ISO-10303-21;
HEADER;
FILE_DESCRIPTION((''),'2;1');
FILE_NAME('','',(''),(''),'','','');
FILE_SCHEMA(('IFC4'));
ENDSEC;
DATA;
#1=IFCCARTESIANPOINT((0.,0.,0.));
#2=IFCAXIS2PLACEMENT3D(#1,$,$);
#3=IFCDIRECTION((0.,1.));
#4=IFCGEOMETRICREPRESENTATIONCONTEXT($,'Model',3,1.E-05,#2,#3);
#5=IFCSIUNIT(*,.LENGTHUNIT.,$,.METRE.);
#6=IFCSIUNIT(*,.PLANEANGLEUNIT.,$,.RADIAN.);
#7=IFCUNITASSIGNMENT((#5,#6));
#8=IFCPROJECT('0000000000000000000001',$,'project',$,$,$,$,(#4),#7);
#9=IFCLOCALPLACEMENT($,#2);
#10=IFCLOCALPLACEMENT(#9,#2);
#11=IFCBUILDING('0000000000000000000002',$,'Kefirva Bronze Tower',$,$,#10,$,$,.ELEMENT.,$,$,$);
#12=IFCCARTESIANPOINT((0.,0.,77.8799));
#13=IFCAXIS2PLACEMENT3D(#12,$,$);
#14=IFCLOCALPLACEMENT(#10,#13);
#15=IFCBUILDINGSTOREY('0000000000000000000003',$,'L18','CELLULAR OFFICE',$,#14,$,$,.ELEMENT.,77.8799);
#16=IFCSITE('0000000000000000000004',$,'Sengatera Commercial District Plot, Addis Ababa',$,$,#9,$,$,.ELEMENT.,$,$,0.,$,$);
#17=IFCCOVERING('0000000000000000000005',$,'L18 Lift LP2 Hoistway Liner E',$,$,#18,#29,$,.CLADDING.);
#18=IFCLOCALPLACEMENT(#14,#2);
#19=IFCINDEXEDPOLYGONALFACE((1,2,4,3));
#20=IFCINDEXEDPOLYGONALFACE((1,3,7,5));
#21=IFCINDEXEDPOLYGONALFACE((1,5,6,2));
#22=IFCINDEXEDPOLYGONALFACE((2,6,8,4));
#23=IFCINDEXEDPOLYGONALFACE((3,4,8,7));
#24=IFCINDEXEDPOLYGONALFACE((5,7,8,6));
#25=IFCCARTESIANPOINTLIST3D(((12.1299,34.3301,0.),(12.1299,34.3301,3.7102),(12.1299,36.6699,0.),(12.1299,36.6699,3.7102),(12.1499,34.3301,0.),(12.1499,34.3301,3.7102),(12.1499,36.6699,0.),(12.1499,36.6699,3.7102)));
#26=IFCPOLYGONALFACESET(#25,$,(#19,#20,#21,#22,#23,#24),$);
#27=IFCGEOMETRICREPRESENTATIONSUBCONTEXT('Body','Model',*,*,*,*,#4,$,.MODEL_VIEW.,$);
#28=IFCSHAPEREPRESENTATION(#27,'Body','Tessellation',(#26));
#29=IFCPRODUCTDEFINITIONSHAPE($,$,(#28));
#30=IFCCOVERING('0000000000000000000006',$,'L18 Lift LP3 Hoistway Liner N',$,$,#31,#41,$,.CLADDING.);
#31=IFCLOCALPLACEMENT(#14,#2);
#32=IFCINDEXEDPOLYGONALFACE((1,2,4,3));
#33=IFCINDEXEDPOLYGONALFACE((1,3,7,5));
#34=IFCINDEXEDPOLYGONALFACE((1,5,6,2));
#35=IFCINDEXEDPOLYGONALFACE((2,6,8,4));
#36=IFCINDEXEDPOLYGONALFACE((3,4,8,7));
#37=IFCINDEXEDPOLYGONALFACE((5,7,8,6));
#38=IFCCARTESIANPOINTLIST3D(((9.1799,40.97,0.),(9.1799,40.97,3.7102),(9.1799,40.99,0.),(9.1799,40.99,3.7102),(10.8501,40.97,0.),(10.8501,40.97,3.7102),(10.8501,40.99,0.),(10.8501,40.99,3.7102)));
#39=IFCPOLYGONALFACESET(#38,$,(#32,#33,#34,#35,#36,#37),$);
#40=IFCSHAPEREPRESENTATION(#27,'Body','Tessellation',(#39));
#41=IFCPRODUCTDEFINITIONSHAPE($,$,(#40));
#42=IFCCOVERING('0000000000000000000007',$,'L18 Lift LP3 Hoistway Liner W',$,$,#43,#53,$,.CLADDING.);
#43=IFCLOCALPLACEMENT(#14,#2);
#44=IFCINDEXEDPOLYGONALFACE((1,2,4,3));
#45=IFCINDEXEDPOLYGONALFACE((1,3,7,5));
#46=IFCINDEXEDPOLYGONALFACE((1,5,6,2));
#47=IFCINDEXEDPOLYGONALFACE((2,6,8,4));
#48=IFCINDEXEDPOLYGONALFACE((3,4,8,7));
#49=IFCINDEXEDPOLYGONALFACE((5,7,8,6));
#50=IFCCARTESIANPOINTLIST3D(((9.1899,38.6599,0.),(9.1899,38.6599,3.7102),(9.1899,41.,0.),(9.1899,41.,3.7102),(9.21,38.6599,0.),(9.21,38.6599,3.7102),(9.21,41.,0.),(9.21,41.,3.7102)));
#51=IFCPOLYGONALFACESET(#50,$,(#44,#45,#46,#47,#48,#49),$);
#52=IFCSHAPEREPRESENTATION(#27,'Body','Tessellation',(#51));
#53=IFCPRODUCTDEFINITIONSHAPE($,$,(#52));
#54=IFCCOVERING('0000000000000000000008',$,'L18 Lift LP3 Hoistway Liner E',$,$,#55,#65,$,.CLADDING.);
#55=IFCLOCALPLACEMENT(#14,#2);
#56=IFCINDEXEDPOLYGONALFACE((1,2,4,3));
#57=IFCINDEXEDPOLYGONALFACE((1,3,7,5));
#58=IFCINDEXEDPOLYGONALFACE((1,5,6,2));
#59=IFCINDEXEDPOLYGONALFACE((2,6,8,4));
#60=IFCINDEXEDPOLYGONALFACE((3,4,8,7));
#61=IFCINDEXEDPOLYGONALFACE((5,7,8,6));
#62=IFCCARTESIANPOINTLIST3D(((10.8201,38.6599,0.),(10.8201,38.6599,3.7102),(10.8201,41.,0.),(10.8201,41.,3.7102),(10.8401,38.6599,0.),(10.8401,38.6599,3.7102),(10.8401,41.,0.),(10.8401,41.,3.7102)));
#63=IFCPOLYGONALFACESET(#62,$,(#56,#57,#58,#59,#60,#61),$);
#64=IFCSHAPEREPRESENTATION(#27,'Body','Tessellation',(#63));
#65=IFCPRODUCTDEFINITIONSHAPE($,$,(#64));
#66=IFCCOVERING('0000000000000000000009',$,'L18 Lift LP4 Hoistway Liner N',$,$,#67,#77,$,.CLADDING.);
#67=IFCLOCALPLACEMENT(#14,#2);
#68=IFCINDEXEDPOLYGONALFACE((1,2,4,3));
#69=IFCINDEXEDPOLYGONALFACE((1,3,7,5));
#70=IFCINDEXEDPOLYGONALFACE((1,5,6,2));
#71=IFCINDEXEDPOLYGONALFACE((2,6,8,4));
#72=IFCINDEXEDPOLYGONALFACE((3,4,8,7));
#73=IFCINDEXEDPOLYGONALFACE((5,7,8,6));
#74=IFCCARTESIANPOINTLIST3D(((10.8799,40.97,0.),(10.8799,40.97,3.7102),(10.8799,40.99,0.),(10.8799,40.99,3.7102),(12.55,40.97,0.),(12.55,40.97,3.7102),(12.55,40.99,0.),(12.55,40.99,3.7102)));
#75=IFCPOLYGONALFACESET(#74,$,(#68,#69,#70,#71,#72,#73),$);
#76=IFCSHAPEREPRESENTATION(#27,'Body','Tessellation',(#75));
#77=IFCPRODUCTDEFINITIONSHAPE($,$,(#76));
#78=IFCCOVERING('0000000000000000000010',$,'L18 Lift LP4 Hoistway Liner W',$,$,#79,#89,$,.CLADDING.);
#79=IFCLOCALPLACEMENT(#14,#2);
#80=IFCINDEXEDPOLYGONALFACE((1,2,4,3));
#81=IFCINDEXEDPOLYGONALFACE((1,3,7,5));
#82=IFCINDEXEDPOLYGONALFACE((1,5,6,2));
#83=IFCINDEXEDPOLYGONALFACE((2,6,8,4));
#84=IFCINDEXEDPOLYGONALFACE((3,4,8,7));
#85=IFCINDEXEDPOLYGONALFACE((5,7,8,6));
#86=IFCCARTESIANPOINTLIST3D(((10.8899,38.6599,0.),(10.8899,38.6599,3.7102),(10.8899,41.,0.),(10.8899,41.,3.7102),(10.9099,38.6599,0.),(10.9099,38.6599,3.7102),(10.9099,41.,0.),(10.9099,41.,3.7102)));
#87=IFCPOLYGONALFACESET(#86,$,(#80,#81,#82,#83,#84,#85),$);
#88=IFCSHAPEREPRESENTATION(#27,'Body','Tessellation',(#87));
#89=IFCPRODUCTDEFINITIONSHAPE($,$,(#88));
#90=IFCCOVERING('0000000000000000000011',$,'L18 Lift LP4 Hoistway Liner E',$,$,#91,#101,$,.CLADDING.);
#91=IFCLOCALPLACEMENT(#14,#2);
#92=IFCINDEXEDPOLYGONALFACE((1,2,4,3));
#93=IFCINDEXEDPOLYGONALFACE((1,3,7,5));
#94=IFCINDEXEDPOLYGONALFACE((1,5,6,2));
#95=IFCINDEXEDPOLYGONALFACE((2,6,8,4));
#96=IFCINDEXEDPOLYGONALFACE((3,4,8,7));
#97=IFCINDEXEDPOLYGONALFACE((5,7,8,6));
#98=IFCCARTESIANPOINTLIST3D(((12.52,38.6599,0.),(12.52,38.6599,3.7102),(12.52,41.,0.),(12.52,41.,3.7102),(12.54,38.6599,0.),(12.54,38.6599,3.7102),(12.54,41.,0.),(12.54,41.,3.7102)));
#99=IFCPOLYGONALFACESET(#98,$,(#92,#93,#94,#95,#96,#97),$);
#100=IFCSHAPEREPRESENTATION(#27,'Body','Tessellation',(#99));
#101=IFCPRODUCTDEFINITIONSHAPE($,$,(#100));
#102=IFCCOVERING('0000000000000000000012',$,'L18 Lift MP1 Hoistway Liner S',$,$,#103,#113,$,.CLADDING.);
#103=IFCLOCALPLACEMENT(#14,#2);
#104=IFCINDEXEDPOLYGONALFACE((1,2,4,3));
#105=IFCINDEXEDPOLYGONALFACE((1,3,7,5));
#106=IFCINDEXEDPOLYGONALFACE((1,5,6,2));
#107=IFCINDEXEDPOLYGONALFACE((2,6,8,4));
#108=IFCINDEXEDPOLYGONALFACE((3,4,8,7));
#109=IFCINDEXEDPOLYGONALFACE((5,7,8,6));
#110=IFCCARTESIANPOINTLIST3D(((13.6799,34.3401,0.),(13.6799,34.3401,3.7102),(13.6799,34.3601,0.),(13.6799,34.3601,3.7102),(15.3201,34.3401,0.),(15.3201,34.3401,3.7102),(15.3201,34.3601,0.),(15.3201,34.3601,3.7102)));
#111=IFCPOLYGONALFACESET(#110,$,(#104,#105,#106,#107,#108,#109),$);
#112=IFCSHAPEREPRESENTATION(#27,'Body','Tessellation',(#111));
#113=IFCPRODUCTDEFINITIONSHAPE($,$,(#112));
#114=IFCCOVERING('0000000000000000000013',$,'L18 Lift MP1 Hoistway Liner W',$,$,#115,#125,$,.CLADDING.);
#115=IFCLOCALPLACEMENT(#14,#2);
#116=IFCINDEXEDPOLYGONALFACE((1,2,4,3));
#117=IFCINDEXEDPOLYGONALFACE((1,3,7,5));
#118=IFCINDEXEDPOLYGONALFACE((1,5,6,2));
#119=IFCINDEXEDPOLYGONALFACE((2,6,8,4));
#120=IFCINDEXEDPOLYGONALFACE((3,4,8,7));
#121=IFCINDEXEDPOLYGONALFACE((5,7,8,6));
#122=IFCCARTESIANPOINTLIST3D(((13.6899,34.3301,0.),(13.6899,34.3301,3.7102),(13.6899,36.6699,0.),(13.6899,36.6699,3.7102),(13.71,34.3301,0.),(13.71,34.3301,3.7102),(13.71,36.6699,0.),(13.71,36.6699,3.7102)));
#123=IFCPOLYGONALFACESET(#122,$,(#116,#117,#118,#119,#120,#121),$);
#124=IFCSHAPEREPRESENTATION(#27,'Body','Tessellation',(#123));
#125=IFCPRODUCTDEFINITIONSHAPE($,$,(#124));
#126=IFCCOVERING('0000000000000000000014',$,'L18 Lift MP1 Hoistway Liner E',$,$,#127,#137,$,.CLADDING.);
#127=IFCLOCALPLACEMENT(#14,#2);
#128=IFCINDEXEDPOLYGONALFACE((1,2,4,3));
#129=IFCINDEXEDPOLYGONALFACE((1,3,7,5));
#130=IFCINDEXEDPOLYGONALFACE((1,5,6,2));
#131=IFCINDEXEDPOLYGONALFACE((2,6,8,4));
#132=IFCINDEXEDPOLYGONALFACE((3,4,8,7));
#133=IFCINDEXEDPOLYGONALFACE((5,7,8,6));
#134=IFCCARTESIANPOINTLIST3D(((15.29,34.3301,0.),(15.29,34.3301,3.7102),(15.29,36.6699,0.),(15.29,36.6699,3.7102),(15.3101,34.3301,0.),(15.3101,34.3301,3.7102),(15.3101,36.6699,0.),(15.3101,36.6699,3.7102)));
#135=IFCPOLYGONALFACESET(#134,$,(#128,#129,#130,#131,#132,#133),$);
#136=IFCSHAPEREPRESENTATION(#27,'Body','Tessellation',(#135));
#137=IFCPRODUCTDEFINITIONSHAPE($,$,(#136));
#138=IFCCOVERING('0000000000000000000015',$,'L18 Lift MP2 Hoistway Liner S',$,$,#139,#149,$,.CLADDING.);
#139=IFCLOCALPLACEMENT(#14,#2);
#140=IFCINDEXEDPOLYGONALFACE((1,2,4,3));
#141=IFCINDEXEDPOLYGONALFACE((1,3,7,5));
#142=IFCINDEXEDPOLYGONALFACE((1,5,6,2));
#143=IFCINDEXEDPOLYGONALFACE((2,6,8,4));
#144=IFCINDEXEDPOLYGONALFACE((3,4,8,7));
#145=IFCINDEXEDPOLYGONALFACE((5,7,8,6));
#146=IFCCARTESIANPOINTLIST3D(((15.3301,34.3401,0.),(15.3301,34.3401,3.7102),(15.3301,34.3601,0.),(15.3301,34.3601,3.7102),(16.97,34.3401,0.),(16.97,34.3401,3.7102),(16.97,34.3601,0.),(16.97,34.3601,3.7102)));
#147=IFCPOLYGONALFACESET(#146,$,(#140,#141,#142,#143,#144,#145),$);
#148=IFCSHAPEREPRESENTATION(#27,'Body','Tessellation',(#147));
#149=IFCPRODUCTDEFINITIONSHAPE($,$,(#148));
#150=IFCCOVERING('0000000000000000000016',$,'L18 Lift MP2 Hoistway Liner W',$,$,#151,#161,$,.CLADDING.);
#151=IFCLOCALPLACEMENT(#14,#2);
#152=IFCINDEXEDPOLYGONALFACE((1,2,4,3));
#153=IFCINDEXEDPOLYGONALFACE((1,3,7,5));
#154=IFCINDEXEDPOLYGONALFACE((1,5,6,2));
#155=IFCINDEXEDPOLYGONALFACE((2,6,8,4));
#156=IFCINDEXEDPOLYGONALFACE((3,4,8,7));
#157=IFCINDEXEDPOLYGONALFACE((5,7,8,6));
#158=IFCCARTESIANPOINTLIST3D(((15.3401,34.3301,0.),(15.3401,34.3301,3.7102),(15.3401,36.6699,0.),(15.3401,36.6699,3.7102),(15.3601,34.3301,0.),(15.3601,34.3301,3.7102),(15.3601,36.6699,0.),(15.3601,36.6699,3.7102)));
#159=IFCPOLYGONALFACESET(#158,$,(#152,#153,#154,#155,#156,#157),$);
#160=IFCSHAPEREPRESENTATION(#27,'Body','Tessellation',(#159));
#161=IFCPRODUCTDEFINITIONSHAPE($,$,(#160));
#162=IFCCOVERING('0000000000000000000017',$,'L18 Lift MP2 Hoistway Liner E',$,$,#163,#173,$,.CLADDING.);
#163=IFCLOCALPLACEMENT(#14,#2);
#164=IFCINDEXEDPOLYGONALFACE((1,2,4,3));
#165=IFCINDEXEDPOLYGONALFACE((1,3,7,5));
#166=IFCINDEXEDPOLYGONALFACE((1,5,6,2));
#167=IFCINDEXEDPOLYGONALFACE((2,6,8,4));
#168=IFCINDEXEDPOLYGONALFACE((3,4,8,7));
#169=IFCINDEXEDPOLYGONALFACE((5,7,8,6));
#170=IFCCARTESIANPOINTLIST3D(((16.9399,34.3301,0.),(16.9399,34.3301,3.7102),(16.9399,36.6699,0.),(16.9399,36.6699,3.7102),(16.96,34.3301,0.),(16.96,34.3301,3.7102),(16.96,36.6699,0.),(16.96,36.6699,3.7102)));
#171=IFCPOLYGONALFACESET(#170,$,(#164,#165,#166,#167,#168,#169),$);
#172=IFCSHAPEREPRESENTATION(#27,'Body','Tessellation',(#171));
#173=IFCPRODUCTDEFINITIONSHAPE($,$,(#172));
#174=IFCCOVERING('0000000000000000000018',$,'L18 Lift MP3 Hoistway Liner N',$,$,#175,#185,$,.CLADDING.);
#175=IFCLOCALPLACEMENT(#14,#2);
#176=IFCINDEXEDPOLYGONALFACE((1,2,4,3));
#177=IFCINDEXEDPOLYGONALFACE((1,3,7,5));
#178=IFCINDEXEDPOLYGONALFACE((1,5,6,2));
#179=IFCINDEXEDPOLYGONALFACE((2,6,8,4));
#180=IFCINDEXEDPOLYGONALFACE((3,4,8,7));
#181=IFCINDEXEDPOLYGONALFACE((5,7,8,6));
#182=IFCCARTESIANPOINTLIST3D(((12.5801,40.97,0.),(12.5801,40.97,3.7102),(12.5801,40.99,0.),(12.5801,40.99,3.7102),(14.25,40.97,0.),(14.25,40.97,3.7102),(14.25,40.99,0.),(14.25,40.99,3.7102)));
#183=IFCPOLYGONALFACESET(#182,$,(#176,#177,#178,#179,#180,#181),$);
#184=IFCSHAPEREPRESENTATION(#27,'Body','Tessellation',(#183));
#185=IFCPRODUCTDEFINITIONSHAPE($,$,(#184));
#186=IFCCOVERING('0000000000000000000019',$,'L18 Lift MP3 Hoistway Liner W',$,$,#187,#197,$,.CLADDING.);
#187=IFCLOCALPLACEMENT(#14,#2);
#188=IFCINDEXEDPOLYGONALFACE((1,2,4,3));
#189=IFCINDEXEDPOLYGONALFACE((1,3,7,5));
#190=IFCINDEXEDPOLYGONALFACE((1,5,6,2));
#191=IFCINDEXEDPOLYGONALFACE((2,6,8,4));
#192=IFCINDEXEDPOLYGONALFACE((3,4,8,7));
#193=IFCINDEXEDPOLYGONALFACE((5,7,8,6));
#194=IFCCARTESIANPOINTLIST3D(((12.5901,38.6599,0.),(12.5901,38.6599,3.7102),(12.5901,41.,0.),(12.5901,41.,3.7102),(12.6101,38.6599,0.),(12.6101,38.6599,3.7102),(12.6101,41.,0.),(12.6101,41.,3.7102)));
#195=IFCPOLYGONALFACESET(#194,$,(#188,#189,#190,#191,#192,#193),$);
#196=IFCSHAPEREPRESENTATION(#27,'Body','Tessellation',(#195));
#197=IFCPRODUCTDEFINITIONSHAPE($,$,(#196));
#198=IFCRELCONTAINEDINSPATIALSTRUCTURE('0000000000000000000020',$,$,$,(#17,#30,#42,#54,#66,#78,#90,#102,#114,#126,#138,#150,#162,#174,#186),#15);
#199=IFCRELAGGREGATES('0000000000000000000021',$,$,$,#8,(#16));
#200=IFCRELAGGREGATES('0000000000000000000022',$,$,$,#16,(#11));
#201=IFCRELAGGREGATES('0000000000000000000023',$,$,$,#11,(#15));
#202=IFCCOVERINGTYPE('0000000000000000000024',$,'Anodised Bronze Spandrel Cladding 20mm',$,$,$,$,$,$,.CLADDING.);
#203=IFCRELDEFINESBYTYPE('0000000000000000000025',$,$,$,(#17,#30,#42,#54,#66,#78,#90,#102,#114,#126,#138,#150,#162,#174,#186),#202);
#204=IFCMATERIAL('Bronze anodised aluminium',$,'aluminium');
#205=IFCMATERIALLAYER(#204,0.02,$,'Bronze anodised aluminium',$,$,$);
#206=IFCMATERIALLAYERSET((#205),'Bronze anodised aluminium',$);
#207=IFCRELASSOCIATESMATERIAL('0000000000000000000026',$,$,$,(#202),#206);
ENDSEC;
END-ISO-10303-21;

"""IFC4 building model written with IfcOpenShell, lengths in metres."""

from ifc_helpers import new_model, si_unit, direction, frame, origin, place, context, subcontext, project, spatial, polyline, outline, extrude, material, layer, layer_set, type_object, element, save


model = new_model("IFC4")

# Units and contexts
model_context = context("Model", 3, precision=1e-05, world=origin(), true_north=direction((0.0, 1.0)))
body_context = subcontext(model_context, "Body", "Model", "MODEL_VIEW")
ifc_project = project(units=[si_unit("LENGTHUNIT", "METRE"), si_unit("PLANEANGLEUNIT", "RADIAN")], contexts=[model_context])

# Site, building, storey
site_placement = place(None, origin())
site = spatial("IfcSite", under=ifc_project, at=site_placement, Name="Sengatera Commercial District Plot, Addis Ababa", CompositionType="ELEMENT", RefElevation=0.0)
building_placement = place(site_placement, origin())
building = spatial("IfcBuilding", under=site, at=building_placement, Name="Kefirva Bronze Tower", CompositionType="ELEMENT")
storey_placement = place(building_placement, frame((0.0, 0.0, 77.8799)))
storey = spatial("IfcBuildingStorey", under=building, at=storey_placement, Name="L18", Description="CELLULAR OFFICE", CompositionType="ELEMENT", Elevation=77.8799)

# Coverings
ifc_material = material(Name="Bronze anodised aluminium", Category="aluminium")
ifc_layer_1 = layer(ifc_material, 0.02, Name="Bronze anodised aluminium")
ifc_layer_set_1 = layer_set([ifc_layer_1], Name="Bronze anodised aluminium")
covering_type_1 = type_object("IfcCoveringType", Name="Anodised Bronze Spandrel Cladding 20mm", PredefinedType="CLADDING", material=ifc_layer_set_1)
covering_1_placement = place(storey_placement, origin())
element("IfcCovering", 1, at=covering_1_placement, inside=storey, type_object=covering_type_1, Name="L18 Lift LP2 Hoistway Liner E", PredefinedType="CLADDING", context=body_context, shape_type="SweptSolid", body=[
    extrude(outline(polyline([(12.1299, 34.3301), (12.1499, 34.3301), (12.1499, 36.6699), (12.1299, 36.6699), (12.1299, 34.3301)])), origin(), (0.0, 0.0, 1.0), 3.7102),
])
covering_2_placement = place(storey_placement, origin())
element("IfcCovering", 2, at=covering_2_placement, inside=storey, type_object=covering_type_1, Name="L18 Lift LP3 Hoistway Liner N", PredefinedType="CLADDING", context=body_context, shape_type="SweptSolid", body=[
    extrude(outline(polyline([(9.1799, 40.97), (10.8501, 40.97), (10.8501, 40.99), (9.1799, 40.99), (9.1799, 40.97)])), origin(), (0.0, 0.0, 1.0), 3.7102),
])
covering_3_placement = place(storey_placement, origin())
element("IfcCovering", 3, at=covering_3_placement, inside=storey, type_object=covering_type_1, Name="L18 Lift LP3 Hoistway Liner W", PredefinedType="CLADDING", context=body_context, shape_type="SweptSolid", body=[
    extrude(outline(polyline([(9.1899, 38.6599), (9.21, 38.6599), (9.21, 41.0), (9.1899, 41.0), (9.1899, 38.6599)])), origin(), (0.0, 0.0, 1.0), 3.7102),
])
covering_4_placement = place(storey_placement, origin())
element("IfcCovering", 4, at=covering_4_placement, inside=storey, type_object=covering_type_1, Name="L18 Lift LP3 Hoistway Liner E", PredefinedType="CLADDING", context=body_context, shape_type="SweptSolid", body=[
    extrude(outline(polyline([(10.8201, 38.6599), (10.8401, 38.6599), (10.8401, 41.0), (10.8201, 41.0), (10.8201, 38.6599)])), origin(), (0.0, 0.0, 1.0), 3.7102),
])
covering_5_placement = place(storey_placement, origin())
element("IfcCovering", 5, at=covering_5_placement, inside=storey, type_object=covering_type_1, Name="L18 Lift LP4 Hoistway Liner N", PredefinedType="CLADDING", context=body_context, shape_type="SweptSolid", body=[
    extrude(outline(polyline([(10.8799, 40.97), (12.55, 40.97), (12.55, 40.99), (10.8799, 40.99), (10.8799, 40.97)])), origin(), (0.0, 0.0, 1.0), 3.7102),
])
covering_6_placement = place(storey_placement, origin())
element("IfcCovering", 6, at=covering_6_placement, inside=storey, type_object=covering_type_1, Name="L18 Lift LP4 Hoistway Liner W", PredefinedType="CLADDING", context=body_context, shape_type="SweptSolid", body=[
    extrude(outline(polyline([(10.8899, 38.6599), (10.9099, 38.6599), (10.9099, 41.0), (10.8899, 41.0), (10.8899, 38.6599)])), origin(), (0.0, 0.0, 1.0), 3.7102),
])
covering_7_placement = place(storey_placement, origin())
element("IfcCovering", 7, at=covering_7_placement, inside=storey, type_object=covering_type_1, Name="L18 Lift LP4 Hoistway Liner E", PredefinedType="CLADDING", context=body_context, shape_type="SweptSolid", body=[
    extrude(outline(polyline([(12.52, 38.6599), (12.54, 38.6599), (12.54, 41.0), (12.52, 41.0), (12.52, 38.6599)])), origin(), (0.0, 0.0, 1.0), 3.7102),
])
covering_8_placement = place(storey_placement, origin())
element("IfcCovering", 8, at=covering_8_placement, inside=storey, type_object=covering_type_1, Name="L18 Lift MP1 Hoistway Liner S", PredefinedType="CLADDING", context=body_context, shape_type="SweptSolid", body=[
    extrude(outline(polyline([(13.6799, 34.3401), (15.3201, 34.3401), (15.3201, 34.3601), (13.6799, 34.3601), (13.6799, 34.3401)])), origin(), (0.0, 0.0, 1.0), 3.7102),
])
covering_9_placement = place(storey_placement, origin())
element("IfcCovering", 9, at=covering_9_placement, inside=storey, type_object=covering_type_1, Name="L18 Lift MP1 Hoistway Liner W", PredefinedType="CLADDING", context=body_context, shape_type="SweptSolid", body=[
    extrude(outline(polyline([(13.6899, 34.3301), (13.71, 34.3301), (13.71, 36.6699), (13.6899, 36.6699), (13.6899, 34.3301)])), origin(), (0.0, 0.0, 1.0), 3.7102),
])
covering_10_placement = place(storey_placement, origin())
element("IfcCovering", 10, at=covering_10_placement, inside=storey, type_object=covering_type_1, Name="L18 Lift MP1 Hoistway Liner E", PredefinedType="CLADDING", context=body_context, shape_type="SweptSolid", body=[
    extrude(outline(polyline([(15.29, 34.3301), (15.3101, 34.3301), (15.3101, 36.6699), (15.29, 36.6699), (15.29, 34.3301)])), origin(), (0.0, 0.0, 1.0), 3.7102),
])
covering_11_placement = place(storey_placement, origin())
element("IfcCovering", 11, at=covering_11_placement, inside=storey, type_object=covering_type_1, Name="L18 Lift MP2 Hoistway Liner S", PredefinedType="CLADDING", context=body_context, shape_type="SweptSolid", body=[
    extrude(outline(polyline([(15.3301, 34.3401), (16.97, 34.3401), (16.97, 34.3601), (15.3301, 34.3601), (15.3301, 34.3401)])), origin(), (0.0, 0.0, 1.0), 3.7102),
])
covering_12_placement = place(storey_placement, origin())
element("IfcCovering", 12, at=covering_12_placement, inside=storey, type_object=covering_type_1, Name="L18 Lift MP2 Hoistway Liner W", PredefinedType="CLADDING", context=body_context, shape_type="SweptSolid", body=[
    extrude(outline(polyline([(15.3401, 34.3301), (15.3601, 34.3301), (15.3601, 36.6699), (15.3401, 36.6699), (15.3401, 34.3301)])), origin(), (0.0, 0.0, 1.0), 3.7102),
])
covering_13_placement = place(storey_placement, origin())
element("IfcCovering", 13, at=covering_13_placement, inside=storey, type_object=covering_type_1, Name="L18 Lift MP2 Hoistway Liner E", PredefinedType="CLADDING", context=body_context, shape_type="SweptSolid", body=[
    extrude(outline(polyline([(16.9399, 34.3301), (16.96, 34.3301), (16.96, 36.6699), (16.9399, 36.6699), (16.9399, 34.3301)])), origin(), (0.0, 0.0, 1.0), 3.7102),
])
covering_14_placement = place(storey_placement, origin())
element("IfcCovering", 14, at=covering_14_placement, inside=storey, type_object=covering_type_1, Name="L18 Lift MP3 Hoistway Liner N", PredefinedType="CLADDING", context=body_context, shape_type="SweptSolid", body=[
    extrude(outline(polyline([(12.5801, 40.97), (14.25, 40.97), (14.25, 40.99), (12.5801, 40.99), (12.5801, 40.97)])), origin(), (0.0, 0.0, 1.0), 3.7102),
])
covering_15_placement = place(storey_placement, origin())
element("IfcCovering", 15, at=covering_15_placement, inside=storey, type_object=covering_type_1, Name="L18 Lift MP3 Hoistway Liner W", PredefinedType="CLADDING", context=body_context, shape_type="SweptSolid", body=[
    extrude(outline(polyline([(12.5901, 38.6599), (12.6101, 38.6599), (12.6101, 41.0), (12.5901, 41.0), (12.5901, 38.6599)])), origin(), (0.0, 0.0, 1.0), 3.7102),
])

save(model, "model.ifc")
